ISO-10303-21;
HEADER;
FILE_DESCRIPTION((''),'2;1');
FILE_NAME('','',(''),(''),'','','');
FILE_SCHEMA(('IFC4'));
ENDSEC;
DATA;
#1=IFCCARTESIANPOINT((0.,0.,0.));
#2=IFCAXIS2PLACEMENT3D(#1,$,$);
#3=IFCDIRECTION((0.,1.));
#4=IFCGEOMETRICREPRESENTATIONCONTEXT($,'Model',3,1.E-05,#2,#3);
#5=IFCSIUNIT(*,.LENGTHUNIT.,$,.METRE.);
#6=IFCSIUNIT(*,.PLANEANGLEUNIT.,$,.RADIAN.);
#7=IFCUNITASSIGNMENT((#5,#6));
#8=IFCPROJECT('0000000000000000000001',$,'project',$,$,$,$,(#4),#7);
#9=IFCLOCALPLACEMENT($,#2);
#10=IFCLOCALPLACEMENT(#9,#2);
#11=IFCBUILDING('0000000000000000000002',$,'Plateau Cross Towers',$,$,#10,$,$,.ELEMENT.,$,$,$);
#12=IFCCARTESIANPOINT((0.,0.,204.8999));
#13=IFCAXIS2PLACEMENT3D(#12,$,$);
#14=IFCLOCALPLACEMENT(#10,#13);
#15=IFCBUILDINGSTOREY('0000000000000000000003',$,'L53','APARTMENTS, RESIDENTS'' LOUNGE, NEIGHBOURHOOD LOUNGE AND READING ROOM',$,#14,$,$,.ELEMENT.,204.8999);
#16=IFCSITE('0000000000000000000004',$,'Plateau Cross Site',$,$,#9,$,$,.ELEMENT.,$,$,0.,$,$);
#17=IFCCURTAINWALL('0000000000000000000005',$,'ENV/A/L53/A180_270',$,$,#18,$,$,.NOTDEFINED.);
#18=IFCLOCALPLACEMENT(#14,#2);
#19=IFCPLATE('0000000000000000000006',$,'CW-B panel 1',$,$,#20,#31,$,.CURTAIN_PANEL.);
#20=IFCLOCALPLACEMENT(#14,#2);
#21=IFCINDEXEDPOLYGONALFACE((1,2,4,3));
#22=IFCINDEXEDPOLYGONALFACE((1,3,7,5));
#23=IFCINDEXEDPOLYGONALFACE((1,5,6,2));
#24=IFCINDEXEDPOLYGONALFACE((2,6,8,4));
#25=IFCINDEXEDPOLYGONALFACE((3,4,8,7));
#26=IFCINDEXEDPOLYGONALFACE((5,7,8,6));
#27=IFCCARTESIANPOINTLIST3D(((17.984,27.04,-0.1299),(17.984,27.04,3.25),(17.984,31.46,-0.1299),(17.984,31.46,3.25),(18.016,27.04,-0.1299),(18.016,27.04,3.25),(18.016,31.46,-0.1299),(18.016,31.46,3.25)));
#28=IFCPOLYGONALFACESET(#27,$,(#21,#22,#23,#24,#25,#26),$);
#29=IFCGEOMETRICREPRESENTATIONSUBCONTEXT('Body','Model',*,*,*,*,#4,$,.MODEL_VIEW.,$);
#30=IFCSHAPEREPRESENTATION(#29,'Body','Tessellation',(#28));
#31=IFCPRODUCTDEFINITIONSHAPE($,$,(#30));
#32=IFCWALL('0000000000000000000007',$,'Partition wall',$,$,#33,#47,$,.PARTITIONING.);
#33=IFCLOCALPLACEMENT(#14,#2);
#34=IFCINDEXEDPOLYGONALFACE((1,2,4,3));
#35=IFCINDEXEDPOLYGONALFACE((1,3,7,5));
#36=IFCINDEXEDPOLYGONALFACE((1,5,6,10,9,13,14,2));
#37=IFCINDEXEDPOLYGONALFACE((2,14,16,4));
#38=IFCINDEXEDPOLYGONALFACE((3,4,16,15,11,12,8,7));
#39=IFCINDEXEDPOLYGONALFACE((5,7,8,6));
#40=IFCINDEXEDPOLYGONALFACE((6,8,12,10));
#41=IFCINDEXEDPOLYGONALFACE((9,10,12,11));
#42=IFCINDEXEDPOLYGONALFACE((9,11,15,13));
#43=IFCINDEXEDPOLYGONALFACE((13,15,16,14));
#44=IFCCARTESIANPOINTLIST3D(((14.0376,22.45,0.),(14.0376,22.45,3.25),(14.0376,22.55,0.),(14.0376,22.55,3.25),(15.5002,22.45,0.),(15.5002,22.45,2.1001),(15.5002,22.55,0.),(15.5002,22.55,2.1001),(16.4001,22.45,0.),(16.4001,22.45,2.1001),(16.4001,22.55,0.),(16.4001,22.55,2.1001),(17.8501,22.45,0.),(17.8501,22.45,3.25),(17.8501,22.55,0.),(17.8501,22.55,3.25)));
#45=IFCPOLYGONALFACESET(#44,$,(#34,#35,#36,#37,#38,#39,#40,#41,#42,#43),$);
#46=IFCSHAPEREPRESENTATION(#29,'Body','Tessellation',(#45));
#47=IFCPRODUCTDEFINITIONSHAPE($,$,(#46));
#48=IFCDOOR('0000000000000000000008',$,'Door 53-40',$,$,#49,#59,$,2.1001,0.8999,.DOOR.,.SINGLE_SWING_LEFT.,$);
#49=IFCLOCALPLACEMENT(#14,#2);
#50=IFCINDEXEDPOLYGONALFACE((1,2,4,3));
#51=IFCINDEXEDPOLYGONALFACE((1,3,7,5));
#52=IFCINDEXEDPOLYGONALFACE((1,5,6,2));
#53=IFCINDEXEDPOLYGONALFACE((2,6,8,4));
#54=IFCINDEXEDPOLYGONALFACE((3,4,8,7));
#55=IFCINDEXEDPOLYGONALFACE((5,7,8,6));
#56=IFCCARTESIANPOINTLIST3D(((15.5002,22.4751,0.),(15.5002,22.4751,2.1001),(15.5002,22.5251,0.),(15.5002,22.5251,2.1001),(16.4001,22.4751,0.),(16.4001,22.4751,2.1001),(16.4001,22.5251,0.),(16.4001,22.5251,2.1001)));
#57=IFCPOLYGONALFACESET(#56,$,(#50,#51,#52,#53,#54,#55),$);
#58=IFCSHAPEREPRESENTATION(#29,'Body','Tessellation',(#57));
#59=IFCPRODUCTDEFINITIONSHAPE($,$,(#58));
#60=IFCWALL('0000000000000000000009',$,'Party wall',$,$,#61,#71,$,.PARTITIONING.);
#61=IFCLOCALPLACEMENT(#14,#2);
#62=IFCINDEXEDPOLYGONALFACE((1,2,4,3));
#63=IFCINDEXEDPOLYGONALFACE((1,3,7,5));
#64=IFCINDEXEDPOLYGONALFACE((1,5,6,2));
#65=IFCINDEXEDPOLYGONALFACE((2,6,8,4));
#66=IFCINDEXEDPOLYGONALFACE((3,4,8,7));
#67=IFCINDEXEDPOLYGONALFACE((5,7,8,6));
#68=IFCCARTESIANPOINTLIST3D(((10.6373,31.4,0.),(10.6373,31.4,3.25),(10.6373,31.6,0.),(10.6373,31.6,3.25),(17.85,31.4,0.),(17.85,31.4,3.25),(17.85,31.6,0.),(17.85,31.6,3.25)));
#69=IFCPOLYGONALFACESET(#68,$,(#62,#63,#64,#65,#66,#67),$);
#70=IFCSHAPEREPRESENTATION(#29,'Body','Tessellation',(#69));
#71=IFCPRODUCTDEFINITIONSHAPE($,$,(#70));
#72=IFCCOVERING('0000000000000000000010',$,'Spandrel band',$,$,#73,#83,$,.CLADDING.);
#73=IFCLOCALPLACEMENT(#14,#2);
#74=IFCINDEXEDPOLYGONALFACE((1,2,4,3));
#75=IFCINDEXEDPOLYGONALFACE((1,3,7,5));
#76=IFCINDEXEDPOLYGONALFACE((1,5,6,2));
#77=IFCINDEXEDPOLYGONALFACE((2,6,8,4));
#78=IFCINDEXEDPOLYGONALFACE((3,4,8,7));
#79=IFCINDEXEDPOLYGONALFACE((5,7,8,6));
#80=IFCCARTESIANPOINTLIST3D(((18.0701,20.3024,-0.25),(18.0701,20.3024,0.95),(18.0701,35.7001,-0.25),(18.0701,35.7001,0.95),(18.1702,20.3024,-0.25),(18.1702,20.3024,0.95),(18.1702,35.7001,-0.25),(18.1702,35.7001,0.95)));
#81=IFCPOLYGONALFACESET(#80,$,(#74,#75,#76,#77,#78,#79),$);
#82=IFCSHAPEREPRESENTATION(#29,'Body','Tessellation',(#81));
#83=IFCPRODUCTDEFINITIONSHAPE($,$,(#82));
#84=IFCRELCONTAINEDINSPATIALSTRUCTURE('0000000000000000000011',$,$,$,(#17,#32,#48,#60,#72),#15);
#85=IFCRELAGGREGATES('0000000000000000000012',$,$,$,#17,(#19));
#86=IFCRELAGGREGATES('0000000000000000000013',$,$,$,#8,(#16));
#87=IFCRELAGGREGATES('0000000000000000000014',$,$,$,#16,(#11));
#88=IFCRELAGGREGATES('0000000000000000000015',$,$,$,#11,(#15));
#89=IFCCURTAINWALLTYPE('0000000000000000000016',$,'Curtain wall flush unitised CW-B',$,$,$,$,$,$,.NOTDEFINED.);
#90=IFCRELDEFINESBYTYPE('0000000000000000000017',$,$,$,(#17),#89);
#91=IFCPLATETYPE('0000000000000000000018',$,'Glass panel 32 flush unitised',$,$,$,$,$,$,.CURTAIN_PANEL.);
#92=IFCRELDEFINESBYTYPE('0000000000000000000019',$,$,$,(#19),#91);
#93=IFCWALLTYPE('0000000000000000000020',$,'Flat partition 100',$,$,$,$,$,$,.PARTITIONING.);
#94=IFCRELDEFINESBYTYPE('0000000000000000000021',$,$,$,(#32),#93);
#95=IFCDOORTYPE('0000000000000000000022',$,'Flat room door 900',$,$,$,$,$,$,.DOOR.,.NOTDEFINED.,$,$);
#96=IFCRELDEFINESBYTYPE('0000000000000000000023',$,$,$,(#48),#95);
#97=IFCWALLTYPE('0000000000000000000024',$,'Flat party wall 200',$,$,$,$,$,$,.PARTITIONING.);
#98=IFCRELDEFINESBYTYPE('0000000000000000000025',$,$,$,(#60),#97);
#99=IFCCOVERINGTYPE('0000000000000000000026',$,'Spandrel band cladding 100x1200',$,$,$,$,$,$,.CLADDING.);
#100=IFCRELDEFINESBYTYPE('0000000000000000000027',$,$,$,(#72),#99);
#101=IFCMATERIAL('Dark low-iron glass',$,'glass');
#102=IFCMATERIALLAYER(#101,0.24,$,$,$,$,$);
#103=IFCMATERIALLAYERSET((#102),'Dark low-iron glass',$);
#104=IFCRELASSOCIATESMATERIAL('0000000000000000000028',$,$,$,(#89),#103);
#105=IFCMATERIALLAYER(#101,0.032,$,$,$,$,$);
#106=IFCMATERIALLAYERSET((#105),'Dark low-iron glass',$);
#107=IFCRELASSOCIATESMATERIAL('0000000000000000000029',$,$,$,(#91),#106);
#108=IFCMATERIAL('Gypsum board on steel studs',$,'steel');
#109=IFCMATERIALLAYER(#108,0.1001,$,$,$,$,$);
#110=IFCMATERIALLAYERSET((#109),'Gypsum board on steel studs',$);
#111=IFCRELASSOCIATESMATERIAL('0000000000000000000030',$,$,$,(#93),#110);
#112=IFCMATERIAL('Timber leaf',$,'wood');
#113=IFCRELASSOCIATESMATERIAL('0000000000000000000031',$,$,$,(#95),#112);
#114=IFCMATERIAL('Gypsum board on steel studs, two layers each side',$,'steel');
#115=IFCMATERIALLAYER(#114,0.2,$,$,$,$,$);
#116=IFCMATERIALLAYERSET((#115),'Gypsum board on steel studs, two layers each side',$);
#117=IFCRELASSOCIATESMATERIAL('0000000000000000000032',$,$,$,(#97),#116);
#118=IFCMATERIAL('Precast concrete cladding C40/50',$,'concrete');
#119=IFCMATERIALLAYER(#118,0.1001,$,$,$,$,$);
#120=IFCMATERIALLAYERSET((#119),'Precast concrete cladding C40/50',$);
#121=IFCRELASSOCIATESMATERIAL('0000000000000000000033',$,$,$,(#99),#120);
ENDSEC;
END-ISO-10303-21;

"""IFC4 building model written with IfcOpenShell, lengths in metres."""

from ifc_helpers import new_model, si_unit, direction, frame, frame_2d, origin, origin_2d, place, context, subcontext, project, spatial, rectangle, extrude, material, layer, layer_set, type_object, element, fill, aggregate, save


model = new_model("IFC4")

# Units and contexts
model_context = context("Model", 3, precision=1e-05, world=origin(), true_north=direction((0.0, 1.0)))
body_context = subcontext(model_context, "Body", "Model", "MODEL_VIEW")
ifc_project = project(units=[si_unit("LENGTHUNIT", "METRE"), si_unit("PLANEANGLEUNIT", "RADIAN")], contexts=[model_context])

# Site, building, storey
site_placement = place(None, origin())
site = spatial("IfcSite", under=ifc_project, at=site_placement, Name="Plateau Cross Site", CompositionType="ELEMENT", RefElevation=0.0)
building_placement = place(site_placement, origin())
building = spatial("IfcBuilding", under=site, at=building_placement, Name="Plateau Cross Towers", CompositionType="ELEMENT")
storey_placement = place(building_placement, frame((0.0, 0.0, 204.8999)))
storey = spatial("IfcBuildingStorey", under=building, at=storey_placement, Name="L53", Description="APARTMENTS, RESIDENTS' LOUNGE, NEIGHBOURHOOD LOUNGE AND READING ROOM", CompositionType="ELEMENT", Elevation=204.8999)

# Shared definitions
ifc_material_1 = material(Name="Dark low-iron glass", Category="glass")
ifc_layer_1 = layer(ifc_material_1, 0.24)
ifc_layer_set_1 = layer_set([ifc_layer_1], Name="Dark low-iron glass")
curtain_wall_type_1 = type_object("IfcCurtainWallType", Name="Curtain wall flush unitised CW-B", PredefinedType="NOTDEFINED", material=ifc_layer_set_1)

# Curtain wall
curtain_wall_1_placement = place(storey_placement, origin())
curtain_wall_1 = element("IfcCurtainWall", 1, at=curtain_wall_1_placement, inside=storey, type_object=curtain_wall_type_1, Name="ENV/A/L53/A180_270", PredefinedType="NOTDEFINED")

# Plate
ifc_layer_2 = layer(ifc_material_1, 0.032)
ifc_layer_set_2 = layer_set([ifc_layer_2], Name="Dark low-iron glass")
plate_type = type_object("IfcPlateType", Name="Glass panel 32 flush unitised", PredefinedType="CURTAIN_PANEL", material=ifc_layer_set_2)
plate_1_placement = place(storey_placement, frame((18.0, 29.25, -0.1299), z_axis=(0.0, 0.0, 1.0), x_axis=(0.0, 1.0, 0.0)))
plate_1 = element("IfcPlate", 2, at=plate_1_placement, type_object=plate_type, Name="CW-B panel 1", PredefinedType="CURTAIN_PANEL", context=body_context, shape_type="SweptSolid", body=[
    extrude(rectangle(XDim=4.4199, YDim=0.032, at=origin_2d()), origin(), (0.0, 0.0, 1.0), 3.3799),
])
aggregate(curtain_wall_1, [plate_1])

# Wall, opening, door
ifc_material_2 = material(Name="Gypsum board on steel studs", Category="steel")
ifc_layer_3 = layer(ifc_material_2, 0.1001)
ifc_layer_set_3 = layer_set([ifc_layer_3], Name="Gypsum board on steel studs")
wall_type_1 = type_object("IfcWallType", Name="Flat partition 100", PredefinedType="PARTITIONING", material=ifc_layer_set_3)
wall_1_placement = place(storey_placement, frame((17.8501, 22.5, 0.0), z_axis=(0.0, 0.0, 1.0), x_axis=(-1.0, 0.0, 0.0)))
wall_1 = element("IfcWall", 3, at=wall_1_placement, inside=storey, type_object=wall_type_1, Name="Partition wall", PredefinedType="PARTITIONING", context=body_context, shape_type="SweptSolid", body=[
    extrude(rectangle(XDim=3.8125, YDim=0.1001, at=frame_2d((1.9062, 0.0))), origin(), (0.0, 0.0, 1.0), 3.25),
])
opening_1_placement = place(wall_1_placement, frame((1.45, 0.0, 0.0)))
opening_1 = element("IfcOpeningElement", 4, at=opening_1_placement, cuts=wall_1, PredefinedType="OPENING", context=body_context, shape_type="SweptSolid", body=[
    extrude(rectangle(XDim=0.8999, YDim=2.1001, at=frame_2d((0.45, 1.05))), frame((0.0, 0.0601, 0.0), z_axis=(0.0, -1.0, 0.0), x_axis=(1.0, 0.0, 0.0)), (0.0, 0.0, 1.0), 0.1201),
])
ifc_material_3 = material(Name="Timber leaf", Category="wood")
door_type_1 = type_object("IfcDoorType", Name="Flat room door 900", OperationType="NOTDEFINED", PredefinedType="DOOR", material=ifc_material_3)
door_1_placement = place(opening_1_placement, origin())
door_1 = element("IfcDoor", 5, at=door_1_placement, inside=storey, type_object=door_type_1, Name="Door 53-40", OperationType="SINGLE_SWING_LEFT", OverallHeight=2.1001, OverallWidth=0.8999, PredefinedType="DOOR", context=body_context, shape_type="SweptSolid", body=[
    extrude(rectangle(XDim=0.8999, YDim=2.1001, at=frame_2d((0.45, 1.05))), frame((0.0, 0.0249, 0.0), z_axis=(0.0, -1.0, 0.0), x_axis=(1.0, 0.0, 0.0)), (0.0, 0.0, 1.0), 0.05),
])
fill(opening_1, door_1)

# Wall
ifc_material_4 = material(Name="Gypsum board on steel studs, two layers each side", Category="steel")
ifc_layer_4 = layer(ifc_material_4, 0.2)
ifc_layer_set_4 = layer_set([ifc_layer_4], Name="Gypsum board on steel studs, two layers each side")
wall_type_2 = type_object("IfcWallType", Name="Flat party wall 200", PredefinedType="PARTITIONING", material=ifc_layer_set_4)
wall_2_placement = place(storey_placement, frame((17.8501, 31.5, 0.0), z_axis=(0.0, 0.0, 1.0), x_axis=(-1.0, 0.0, 0.0)))
element("IfcWall", 6, at=wall_2_placement, inside=storey, type_object=wall_type_2, Name="Party wall", PredefinedType="PARTITIONING", context=body_context, shape_type="SweptSolid", body=[
    extrude(rectangle(XDim=7.2126, YDim=0.2, at=frame_2d((3.6064, 0.0))), origin(), (0.0, 0.0, 1.0), 3.25),
])

# Covering
ifc_material_5 = material(Name="Precast concrete cladding C40/50", Category="concrete")
ifc_layer_5 = layer(ifc_material_5, 0.1001)
ifc_layer_set_5 = layer_set([ifc_layer_5], Name="Precast concrete cladding C40/50")
covering_type = type_object("IfcCoveringType", Name="Spandrel band cladding 100x1200", PredefinedType="CLADDING", material=ifc_layer_set_5)
covering_placement = place(storey_placement, frame((18.1201, 28.0012, -0.25), z_axis=(0.0, 0.0, 1.0), x_axis=(0.0, 1.0, 0.0)))
element("IfcCovering", 7, at=covering_placement, inside=storey, type_object=covering_type, Name="Spandrel band", PredefinedType="CLADDING", context=body_context, shape_type="SweptSolid", body=[
    extrude(rectangle(XDim=15.3977, YDim=0.1001, at=origin_2d()), origin(), (0.0, 0.0, 1.0), 1.2),
])

save(model, "model.ifc")
